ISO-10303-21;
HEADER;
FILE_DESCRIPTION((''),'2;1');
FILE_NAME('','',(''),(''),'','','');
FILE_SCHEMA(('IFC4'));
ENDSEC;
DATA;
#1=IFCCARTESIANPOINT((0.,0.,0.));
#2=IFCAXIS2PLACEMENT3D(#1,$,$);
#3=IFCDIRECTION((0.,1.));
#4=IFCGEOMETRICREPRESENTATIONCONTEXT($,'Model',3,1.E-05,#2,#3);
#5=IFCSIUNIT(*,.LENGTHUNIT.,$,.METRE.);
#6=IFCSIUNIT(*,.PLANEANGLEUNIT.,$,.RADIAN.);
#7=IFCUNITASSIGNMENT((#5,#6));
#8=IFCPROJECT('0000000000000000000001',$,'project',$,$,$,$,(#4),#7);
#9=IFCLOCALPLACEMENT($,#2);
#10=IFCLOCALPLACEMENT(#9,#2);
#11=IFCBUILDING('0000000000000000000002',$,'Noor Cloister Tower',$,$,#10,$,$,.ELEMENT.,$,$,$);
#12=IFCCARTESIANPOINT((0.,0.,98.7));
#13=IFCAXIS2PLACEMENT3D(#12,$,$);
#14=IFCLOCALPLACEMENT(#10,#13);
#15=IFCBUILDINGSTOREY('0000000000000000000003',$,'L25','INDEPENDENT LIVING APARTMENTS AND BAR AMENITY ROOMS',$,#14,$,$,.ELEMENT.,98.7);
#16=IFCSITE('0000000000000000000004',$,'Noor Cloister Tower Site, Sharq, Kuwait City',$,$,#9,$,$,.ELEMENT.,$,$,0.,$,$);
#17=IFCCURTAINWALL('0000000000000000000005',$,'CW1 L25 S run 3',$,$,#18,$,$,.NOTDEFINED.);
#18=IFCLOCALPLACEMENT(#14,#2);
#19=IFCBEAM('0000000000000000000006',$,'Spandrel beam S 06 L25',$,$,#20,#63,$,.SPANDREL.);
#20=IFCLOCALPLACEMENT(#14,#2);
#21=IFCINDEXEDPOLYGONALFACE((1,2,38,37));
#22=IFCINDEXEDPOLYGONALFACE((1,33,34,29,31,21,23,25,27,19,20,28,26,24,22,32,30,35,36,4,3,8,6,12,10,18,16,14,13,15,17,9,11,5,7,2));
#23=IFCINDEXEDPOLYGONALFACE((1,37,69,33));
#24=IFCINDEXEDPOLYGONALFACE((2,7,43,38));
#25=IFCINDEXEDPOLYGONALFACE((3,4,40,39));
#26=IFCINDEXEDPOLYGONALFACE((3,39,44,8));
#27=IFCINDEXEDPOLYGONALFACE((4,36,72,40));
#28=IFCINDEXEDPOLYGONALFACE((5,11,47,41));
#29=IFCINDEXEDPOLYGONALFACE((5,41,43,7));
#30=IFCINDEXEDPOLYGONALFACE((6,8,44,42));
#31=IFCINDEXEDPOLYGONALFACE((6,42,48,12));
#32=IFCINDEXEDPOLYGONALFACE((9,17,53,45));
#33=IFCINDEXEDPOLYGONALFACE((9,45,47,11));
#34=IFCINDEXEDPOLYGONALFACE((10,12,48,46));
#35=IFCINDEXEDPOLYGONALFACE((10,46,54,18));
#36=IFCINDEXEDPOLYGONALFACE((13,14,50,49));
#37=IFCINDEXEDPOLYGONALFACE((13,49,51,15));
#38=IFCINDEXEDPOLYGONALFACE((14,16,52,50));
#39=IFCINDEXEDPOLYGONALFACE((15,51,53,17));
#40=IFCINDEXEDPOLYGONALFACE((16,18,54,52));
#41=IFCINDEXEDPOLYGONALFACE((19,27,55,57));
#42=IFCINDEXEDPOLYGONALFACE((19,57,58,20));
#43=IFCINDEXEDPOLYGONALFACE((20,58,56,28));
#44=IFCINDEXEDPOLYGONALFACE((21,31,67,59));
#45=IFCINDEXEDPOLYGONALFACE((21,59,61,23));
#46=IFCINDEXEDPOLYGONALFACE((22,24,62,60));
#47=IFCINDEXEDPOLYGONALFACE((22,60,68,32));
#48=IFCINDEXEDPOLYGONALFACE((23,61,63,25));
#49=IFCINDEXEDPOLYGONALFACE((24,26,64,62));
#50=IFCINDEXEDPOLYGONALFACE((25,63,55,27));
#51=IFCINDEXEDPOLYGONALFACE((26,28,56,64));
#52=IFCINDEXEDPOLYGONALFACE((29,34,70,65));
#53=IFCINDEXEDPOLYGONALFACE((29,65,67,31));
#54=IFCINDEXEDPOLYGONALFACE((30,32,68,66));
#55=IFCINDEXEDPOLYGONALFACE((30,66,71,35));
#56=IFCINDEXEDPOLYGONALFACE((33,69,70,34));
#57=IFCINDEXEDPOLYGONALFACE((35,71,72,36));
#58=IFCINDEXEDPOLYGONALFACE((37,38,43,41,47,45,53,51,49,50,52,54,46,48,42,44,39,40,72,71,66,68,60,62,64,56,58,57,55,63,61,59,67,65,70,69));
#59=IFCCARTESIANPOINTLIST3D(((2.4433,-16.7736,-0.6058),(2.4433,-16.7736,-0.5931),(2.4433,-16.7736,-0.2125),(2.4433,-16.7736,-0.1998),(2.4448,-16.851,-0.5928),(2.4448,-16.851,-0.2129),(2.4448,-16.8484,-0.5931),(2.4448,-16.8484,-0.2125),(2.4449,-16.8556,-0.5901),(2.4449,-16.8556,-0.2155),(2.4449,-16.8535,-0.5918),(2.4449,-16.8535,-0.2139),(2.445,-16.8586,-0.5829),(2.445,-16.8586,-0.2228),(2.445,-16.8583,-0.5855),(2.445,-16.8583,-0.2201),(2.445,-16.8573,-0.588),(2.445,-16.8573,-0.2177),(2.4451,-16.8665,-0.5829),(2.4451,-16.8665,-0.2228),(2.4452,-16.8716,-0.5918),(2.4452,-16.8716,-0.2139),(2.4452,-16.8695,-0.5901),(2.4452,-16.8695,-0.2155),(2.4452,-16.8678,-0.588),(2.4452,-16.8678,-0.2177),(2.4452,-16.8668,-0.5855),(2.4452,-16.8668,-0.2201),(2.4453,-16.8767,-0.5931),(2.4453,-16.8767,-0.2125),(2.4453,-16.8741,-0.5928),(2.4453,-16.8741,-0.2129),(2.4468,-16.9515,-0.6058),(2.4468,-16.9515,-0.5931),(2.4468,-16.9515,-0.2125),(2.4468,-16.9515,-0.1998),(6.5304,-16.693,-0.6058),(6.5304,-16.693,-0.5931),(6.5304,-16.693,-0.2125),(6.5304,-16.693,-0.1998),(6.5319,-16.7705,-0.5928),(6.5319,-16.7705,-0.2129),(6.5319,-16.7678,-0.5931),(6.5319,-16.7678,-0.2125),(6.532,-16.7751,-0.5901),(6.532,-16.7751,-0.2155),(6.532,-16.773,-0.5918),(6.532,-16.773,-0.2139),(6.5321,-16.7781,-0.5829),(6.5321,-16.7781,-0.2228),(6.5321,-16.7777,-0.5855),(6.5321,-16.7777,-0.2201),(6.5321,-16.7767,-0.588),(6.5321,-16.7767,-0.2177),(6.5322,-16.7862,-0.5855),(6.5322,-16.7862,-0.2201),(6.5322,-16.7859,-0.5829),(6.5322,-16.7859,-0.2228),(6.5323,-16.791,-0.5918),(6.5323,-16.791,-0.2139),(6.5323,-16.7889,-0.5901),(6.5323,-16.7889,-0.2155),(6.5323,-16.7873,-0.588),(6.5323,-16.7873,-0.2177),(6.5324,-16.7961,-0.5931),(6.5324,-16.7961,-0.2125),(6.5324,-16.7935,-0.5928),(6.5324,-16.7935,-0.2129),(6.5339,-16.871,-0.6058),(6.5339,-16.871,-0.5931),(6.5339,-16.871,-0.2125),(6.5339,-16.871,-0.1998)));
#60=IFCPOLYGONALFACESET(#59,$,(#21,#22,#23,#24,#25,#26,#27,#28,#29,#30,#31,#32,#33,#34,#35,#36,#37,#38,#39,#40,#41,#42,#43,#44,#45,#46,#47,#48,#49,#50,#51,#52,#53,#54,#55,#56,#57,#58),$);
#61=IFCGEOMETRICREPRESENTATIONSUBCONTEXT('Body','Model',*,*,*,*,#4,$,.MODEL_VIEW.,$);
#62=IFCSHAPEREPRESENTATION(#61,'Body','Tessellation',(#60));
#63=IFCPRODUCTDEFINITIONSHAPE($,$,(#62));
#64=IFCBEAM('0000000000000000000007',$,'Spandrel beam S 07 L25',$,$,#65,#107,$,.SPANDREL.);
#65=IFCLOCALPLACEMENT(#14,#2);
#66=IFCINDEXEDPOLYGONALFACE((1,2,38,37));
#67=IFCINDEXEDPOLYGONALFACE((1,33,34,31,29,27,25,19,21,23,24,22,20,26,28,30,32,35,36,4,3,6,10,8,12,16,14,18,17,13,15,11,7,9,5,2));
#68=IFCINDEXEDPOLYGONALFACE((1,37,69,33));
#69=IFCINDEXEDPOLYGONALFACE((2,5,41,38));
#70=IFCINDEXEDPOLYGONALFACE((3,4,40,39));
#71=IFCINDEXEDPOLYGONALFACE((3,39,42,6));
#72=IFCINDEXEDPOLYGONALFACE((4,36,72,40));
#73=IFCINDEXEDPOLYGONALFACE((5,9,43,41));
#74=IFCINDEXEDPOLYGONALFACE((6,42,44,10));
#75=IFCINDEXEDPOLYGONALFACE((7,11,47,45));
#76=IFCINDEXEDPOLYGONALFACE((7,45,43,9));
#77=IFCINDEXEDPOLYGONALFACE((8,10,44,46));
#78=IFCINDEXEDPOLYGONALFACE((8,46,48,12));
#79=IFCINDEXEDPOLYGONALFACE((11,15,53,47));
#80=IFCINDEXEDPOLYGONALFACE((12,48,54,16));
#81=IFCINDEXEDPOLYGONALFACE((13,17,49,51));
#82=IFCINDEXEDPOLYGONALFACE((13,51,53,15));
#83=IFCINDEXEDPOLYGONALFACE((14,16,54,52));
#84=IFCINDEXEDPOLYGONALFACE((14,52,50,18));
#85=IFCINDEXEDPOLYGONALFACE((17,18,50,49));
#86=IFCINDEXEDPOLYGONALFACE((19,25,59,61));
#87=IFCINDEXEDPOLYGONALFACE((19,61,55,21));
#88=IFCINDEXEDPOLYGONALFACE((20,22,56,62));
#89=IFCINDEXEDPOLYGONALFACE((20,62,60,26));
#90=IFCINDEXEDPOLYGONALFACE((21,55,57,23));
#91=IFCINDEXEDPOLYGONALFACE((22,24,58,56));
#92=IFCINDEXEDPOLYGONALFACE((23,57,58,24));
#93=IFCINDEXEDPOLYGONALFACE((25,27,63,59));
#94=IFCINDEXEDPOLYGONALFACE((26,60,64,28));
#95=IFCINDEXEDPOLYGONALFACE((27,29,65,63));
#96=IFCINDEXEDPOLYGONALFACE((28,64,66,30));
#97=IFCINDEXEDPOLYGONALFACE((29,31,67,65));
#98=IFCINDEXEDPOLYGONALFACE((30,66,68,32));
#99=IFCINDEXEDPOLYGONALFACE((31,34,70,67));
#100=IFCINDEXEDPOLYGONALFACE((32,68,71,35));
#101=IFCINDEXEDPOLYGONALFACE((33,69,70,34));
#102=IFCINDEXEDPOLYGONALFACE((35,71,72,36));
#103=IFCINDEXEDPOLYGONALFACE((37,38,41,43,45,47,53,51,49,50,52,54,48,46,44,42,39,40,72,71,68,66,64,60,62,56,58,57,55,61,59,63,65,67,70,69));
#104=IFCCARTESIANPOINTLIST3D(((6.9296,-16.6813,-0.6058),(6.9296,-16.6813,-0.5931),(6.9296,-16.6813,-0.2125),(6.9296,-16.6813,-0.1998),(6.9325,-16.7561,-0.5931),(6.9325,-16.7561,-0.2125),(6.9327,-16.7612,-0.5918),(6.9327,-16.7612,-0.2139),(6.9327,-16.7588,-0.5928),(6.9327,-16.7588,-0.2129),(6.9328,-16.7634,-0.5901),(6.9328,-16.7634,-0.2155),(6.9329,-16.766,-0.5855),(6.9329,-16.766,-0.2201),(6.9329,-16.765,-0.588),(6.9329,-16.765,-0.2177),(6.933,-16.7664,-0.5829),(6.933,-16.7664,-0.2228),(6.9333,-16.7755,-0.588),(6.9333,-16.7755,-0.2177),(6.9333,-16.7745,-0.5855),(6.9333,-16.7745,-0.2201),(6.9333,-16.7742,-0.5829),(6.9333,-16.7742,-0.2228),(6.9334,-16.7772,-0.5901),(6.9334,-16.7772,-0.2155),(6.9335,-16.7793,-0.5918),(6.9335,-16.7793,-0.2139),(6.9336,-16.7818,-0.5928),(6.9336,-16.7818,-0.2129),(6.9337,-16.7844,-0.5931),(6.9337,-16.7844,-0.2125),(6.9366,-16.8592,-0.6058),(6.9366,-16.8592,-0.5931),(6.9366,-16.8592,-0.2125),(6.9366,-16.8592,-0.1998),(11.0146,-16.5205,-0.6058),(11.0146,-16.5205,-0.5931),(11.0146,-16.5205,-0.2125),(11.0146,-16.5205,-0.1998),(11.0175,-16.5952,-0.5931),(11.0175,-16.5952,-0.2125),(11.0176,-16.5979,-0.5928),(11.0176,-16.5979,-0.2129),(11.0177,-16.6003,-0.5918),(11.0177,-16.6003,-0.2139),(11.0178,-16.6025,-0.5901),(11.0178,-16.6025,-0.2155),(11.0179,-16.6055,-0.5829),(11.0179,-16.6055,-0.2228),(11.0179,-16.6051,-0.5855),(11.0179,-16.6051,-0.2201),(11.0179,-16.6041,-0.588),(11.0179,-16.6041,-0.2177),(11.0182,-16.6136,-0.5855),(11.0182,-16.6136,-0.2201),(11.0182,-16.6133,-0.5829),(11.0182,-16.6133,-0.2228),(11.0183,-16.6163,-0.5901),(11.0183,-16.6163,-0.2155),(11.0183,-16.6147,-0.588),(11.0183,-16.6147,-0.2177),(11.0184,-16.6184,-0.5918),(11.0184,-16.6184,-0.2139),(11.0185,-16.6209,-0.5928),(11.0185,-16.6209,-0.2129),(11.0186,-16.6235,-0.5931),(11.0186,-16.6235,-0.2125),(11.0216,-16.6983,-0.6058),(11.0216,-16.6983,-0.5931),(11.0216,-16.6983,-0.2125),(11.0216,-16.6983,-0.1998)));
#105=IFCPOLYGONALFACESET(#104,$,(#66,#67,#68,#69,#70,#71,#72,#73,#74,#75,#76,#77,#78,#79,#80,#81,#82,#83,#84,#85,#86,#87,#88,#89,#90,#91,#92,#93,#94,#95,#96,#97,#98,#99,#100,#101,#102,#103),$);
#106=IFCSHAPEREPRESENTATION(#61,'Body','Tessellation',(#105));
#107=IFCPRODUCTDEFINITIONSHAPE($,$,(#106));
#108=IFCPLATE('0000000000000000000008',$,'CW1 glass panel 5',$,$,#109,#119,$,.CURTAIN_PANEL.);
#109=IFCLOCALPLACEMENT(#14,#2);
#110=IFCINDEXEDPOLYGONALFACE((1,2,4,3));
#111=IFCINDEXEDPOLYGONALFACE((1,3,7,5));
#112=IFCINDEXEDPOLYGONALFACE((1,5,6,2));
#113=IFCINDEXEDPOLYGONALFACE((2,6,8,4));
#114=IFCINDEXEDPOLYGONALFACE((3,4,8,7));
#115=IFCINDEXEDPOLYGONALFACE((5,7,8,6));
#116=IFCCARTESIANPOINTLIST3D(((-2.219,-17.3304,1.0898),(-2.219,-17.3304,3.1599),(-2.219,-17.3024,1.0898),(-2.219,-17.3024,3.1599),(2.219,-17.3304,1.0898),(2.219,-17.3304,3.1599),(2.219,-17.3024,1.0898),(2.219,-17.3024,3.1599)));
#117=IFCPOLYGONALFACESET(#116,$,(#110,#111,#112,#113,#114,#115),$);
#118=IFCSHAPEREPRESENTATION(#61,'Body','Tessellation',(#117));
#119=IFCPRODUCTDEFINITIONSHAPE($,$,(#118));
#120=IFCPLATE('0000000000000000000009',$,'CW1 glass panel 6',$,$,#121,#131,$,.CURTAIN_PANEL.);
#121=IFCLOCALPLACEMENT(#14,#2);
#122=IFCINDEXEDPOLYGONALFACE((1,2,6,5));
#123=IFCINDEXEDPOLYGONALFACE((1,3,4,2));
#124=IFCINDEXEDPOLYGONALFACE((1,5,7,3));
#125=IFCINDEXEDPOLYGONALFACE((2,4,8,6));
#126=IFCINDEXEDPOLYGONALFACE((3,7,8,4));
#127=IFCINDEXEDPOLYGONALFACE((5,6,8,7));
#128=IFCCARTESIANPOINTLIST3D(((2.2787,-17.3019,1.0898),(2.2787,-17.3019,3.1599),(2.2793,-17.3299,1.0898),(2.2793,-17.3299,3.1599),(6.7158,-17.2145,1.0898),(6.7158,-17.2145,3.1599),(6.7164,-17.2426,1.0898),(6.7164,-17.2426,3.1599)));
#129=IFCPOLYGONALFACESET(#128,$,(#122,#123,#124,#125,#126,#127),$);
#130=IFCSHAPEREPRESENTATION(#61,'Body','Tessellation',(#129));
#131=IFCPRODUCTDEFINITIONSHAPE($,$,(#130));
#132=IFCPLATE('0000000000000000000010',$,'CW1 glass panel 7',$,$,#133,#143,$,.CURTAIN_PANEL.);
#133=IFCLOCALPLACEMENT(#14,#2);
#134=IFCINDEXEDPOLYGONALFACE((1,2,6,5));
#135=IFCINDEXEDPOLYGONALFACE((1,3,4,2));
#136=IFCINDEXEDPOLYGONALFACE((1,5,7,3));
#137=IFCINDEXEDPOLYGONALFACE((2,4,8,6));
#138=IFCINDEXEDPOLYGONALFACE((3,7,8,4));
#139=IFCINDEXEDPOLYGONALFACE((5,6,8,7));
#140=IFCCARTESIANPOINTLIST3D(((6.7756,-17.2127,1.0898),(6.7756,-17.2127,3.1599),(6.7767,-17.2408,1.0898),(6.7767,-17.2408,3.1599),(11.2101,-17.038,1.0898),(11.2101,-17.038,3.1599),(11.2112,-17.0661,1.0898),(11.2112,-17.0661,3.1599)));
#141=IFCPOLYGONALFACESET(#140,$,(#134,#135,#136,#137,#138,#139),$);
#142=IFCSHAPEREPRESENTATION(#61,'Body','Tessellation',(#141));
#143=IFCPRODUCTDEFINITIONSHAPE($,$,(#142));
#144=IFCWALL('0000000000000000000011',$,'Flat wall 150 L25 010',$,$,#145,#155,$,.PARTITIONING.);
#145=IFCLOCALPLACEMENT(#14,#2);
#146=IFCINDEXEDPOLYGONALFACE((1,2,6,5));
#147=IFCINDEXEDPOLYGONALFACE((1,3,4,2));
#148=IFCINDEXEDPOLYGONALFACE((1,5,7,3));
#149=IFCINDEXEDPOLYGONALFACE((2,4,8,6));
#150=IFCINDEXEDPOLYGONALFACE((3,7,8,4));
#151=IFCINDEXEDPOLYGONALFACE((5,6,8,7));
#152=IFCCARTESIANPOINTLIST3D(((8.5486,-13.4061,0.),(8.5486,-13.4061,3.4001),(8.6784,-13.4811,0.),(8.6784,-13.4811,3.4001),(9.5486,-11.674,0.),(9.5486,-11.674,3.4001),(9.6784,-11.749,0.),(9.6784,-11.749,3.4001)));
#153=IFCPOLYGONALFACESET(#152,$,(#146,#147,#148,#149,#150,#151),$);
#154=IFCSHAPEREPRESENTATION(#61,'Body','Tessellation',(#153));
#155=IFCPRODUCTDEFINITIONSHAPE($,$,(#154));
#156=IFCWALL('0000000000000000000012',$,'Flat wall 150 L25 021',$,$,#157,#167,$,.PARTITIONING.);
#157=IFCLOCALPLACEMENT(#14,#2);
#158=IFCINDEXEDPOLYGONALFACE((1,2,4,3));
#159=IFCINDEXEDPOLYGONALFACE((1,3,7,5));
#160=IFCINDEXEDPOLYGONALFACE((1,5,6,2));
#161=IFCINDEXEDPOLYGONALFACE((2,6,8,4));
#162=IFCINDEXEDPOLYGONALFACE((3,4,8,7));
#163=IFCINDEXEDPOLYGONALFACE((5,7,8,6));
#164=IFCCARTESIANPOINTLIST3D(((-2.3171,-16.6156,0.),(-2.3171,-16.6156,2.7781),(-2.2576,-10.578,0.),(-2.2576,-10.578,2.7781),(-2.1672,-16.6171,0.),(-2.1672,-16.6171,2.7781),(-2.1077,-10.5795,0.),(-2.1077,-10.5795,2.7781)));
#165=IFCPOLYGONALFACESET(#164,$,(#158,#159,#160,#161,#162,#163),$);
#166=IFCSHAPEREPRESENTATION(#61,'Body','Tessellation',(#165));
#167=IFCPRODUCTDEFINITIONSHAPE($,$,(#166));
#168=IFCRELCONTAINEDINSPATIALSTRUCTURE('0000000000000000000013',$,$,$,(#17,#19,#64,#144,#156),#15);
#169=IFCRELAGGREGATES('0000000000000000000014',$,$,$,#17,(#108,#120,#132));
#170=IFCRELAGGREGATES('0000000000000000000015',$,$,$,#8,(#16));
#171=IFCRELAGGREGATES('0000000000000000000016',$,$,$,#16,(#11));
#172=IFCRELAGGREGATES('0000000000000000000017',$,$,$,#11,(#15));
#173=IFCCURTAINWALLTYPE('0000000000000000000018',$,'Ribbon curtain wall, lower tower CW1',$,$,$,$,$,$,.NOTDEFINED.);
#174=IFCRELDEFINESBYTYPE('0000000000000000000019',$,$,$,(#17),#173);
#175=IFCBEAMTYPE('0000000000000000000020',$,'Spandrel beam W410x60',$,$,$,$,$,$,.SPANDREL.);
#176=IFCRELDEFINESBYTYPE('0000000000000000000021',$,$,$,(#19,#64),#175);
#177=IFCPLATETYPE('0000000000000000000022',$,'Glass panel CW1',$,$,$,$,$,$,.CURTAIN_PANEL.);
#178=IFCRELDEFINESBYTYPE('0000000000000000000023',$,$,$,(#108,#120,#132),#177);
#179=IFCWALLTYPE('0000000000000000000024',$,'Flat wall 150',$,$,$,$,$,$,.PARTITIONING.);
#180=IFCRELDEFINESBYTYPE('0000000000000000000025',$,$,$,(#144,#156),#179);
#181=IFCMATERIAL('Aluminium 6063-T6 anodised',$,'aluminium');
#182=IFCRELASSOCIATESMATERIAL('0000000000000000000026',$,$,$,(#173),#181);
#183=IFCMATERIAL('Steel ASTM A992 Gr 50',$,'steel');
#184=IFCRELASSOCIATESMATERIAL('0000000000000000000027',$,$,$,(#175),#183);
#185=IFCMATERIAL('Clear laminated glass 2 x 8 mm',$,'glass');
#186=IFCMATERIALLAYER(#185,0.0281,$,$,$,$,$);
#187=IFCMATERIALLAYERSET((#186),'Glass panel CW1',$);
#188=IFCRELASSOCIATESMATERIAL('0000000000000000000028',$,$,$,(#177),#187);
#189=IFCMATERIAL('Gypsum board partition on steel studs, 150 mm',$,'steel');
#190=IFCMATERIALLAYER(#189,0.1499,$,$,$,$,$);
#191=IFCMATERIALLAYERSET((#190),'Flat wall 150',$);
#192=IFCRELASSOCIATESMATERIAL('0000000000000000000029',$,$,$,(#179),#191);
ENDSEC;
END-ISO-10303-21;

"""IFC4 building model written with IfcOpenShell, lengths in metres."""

from ifc_helpers import new_model, si_unit, direction, frame, frame_2d, origin, origin_2d, place, context, subcontext, project, spatial, rectangle, i_section, extrude, material, layer, layer_set, material_profile, profile_set, type_object, element, aggregate, save


model = new_model("IFC4")

# Units and contexts
model_context = context("Model", 3, precision=1e-05, world=origin(), true_north=direction((0.0, 1.0)))
body_context = subcontext(model_context, "Body", "Model", "MODEL_VIEW")
ifc_project = project(units=[si_unit("LENGTHUNIT", "METRE"), si_unit("PLANEANGLEUNIT", "RADIAN")], contexts=[model_context])

# Site, building, storey
site_placement = place(None, origin())
site = spatial("IfcSite", under=ifc_project, at=site_placement, Name="Noor Cloister Tower Site, Sharq, Kuwait City", CompositionType="ELEMENT", RefElevation=0.0)
building_placement = place(site_placement, origin())
building = spatial("IfcBuilding", under=site, at=building_placement, Name="Noor Cloister Tower", CompositionType="ELEMENT")
storey_placement = place(building_placement, frame((0.0, 0.0, 98.7)))
storey = spatial("IfcBuildingStorey", under=building, at=storey_placement, Name="L25", Description="INDEPENDENT LIVING APARTMENTS AND BAR AMENITY ROOMS", CompositionType="ELEMENT", Elevation=98.7)

# Curtain wall
ifc_material_1 = material(Name="Aluminium 6063-T6 anodised", Category="aluminium")
curtain_wall_type = type_object("IfcCurtainWallType", Name="Ribbon curtain wall, lower tower CW1", PredefinedType="NOTDEFINED", material=ifc_material_1)
curtain_wall_placement = place(storey_placement, origin())
curtain_wall = element("IfcCurtainWall", 1, at=curtain_wall_placement, inside=storey, type_object=curtain_wall_type, Name="CW1 L25 S run 3", PredefinedType="NOTDEFINED")

# Beams
ifc_material_2 = material(Name="Steel ASTM A992 Gr 50", Category="steel")
ifc_material_profile_1 = material_profile(ifc_material_2, i_section(OverallWidth=0.178, OverallDepth=0.406, WebThickness=0.0078, FlangeThickness=0.0127, FilletRadius=0.0103, at=origin_2d()), Name="W410x60")
ifc_profile_set_1 = profile_set([ifc_material_profile_1], Name="Steel ASTM A992 Gr 50")
beam_type_1 = type_object("IfcBeamType", Name="Spandrel beam W410x60", PredefinedType="SPANDREL", material=ifc_profile_set_1)
for number, where, z_axis, x_axis, name in (
    (2, (2.4451, -16.8625, -0.4028), (0.999806, 0.019708, 0.0), (-0.019708, 0.999806, 0.0), "Spandrel beam S 06 L25"),
):
    element("IfcBeam", number, at=place(storey_placement, frame(where, z_axis=z_axis, x_axis=x_axis)), inside=storey, type_object=beam_type_1, Name=name, PredefinedType="SPANDREL", context=body_context, shape_type="SweptSolid", body=[
        extrude(i_section(OverallWidth=0.178, OverallDepth=0.406, WebThickness=0.0078, FlangeThickness=0.0127, FilletRadius=0.0103, at=origin_2d()), origin(), (0.0, 0.0, 1.0), 4.0879),
    ])
beam_1_placement = place(storey_placement, frame((6.9331, -16.7703, -0.4028), z_axis=(0.999225, 0.039355, 0.0), x_axis=(-0.039355, 0.999225, 0.0)))
element("IfcBeam", 3, at=beam_1_placement, inside=storey, type_object=beam_type_1, Name="Spandrel beam S 07 L25", PredefinedType="SPANDREL", context=body_context, shape_type="SweptSolid", body=[
    extrude(i_section(OverallWidth=0.178, OverallDepth=0.406, WebThickness=0.0078, FlangeThickness=0.0127, FilletRadius=0.0103, at=origin_2d()), origin(), (0.0, 0.0, 1.0), 4.0881),
])

# Plates
ifc_material_3 = material(Name="Clear laminated glass 2 x 8 mm", Category="glass")
ifc_layer_1 = layer(ifc_material_3, 0.0281)
ifc_layer_set_1 = layer_set([ifc_layer_1], Name="Glass panel CW1")
plate_type = type_object("IfcPlateType", Name="Glass panel CW1", PredefinedType="CURTAIN_PANEL", material=ifc_layer_set_1)
plate_1_placement = place(storey_placement, frame((0.0, -17.3164, 1.0898), z_axis=(0.0, 0.0, 1.0), x_axis=(1.0, 0.0, 0.0)))
plate_1 = element("IfcPlate", 4, at=plate_1_placement, type_object=plate_type, Name="CW1 glass panel 5", PredefinedType="CURTAIN_PANEL", context=body_context, shape_type="SweptSolid", body=[
    extrude(rectangle(XDim=4.438, YDim=0.0281, at=origin_2d()), origin(), (0.0, 0.0, 1.0), 2.0701),
])
plate_2_placement = place(storey_placement, frame((4.4976, -17.2722, 1.0898), z_axis=(0.0, 0.0, 1.0), x_axis=(0.999806, 0.019682, 0.0)))
plate_2 = element("IfcPlate", 5, at=plate_2_placement, type_object=plate_type, Name="CW1 glass panel 6", PredefinedType="CURTAIN_PANEL", context=body_context, shape_type="SweptSolid", body=[
    extrude(rectangle(XDim=4.438, YDim=0.0281, at=origin_2d()), origin(), (0.0, 0.0, 1.0), 2.0701),
])
plate_3_placement = place(storey_placement, frame((8.9934, -17.1394, 1.0898), z_axis=(0.0, 0.0, 1.0), x_axis=(0.999225, 0.039356, 0.0)))
plate_3 = element("IfcPlate", 6, at=plate_3_placement, type_object=plate_type, Name="CW1 glass panel 7", PredefinedType="CURTAIN_PANEL", context=body_context, shape_type="SweptSolid", body=[
    extrude(rectangle(XDim=4.438, YDim=0.0281, at=origin_2d()), origin(), (0.0, 0.0, 1.0), 2.0701),
])
aggregate(curtain_wall, [plate_1, plate_2, plate_3])

# Walls
ifc_material_4 = material(Name="Gypsum board partition on steel studs, 150 mm", Category="steel")
ifc_layer_2 = layer(ifc_material_4, 0.1499)
ifc_layer_set_2 = layer_set([ifc_layer_2], Name="Flat wall 150")
wall_type_1 = type_object("IfcWallType", Name="Flat wall 150", PredefinedType="PARTITIONING", material=ifc_layer_set_2)
wall_1_placement = place(storey_placement, frame((8.6135, -13.4436, 0.0), z_axis=(0.0, 0.0, 1.0), x_axis=(0.499973, 0.866041, 0.0)))
element("IfcWall", 7, at=wall_1_placement, inside=storey, type_object=wall_type_1, Name="Flat wall 150 L25 010", PredefinedType="PARTITIONING", context=body_context, shape_type="SweptSolid", body=[
    extrude(rectangle(XDim=2.0, YDim=0.1499, at=frame_2d((1.0, 0.0))), origin(), (0.0, 0.0, 1.0), 3.4001),
])
wall_2_placement = place(storey_placement, frame((-2.2422, -16.6165, 0.0), z_axis=(0.0, 0.0, 1.0), x_axis=(0.009866, 0.999951, 0.0)))
element("IfcWall", 8, at=wall_2_placement, inside=storey, type_object=wall_type_1, Name="Flat wall 150 L25 021", PredefinedType="PARTITIONING", context=body_context, shape_type="SweptSolid", body=[
    extrude(rectangle(XDim=6.0378, YDim=0.1499, at=frame_2d((3.019, 0.0))), origin(), (0.0, 0.0, 1.0), 2.7781),
])

save(model, "model.ifc")
